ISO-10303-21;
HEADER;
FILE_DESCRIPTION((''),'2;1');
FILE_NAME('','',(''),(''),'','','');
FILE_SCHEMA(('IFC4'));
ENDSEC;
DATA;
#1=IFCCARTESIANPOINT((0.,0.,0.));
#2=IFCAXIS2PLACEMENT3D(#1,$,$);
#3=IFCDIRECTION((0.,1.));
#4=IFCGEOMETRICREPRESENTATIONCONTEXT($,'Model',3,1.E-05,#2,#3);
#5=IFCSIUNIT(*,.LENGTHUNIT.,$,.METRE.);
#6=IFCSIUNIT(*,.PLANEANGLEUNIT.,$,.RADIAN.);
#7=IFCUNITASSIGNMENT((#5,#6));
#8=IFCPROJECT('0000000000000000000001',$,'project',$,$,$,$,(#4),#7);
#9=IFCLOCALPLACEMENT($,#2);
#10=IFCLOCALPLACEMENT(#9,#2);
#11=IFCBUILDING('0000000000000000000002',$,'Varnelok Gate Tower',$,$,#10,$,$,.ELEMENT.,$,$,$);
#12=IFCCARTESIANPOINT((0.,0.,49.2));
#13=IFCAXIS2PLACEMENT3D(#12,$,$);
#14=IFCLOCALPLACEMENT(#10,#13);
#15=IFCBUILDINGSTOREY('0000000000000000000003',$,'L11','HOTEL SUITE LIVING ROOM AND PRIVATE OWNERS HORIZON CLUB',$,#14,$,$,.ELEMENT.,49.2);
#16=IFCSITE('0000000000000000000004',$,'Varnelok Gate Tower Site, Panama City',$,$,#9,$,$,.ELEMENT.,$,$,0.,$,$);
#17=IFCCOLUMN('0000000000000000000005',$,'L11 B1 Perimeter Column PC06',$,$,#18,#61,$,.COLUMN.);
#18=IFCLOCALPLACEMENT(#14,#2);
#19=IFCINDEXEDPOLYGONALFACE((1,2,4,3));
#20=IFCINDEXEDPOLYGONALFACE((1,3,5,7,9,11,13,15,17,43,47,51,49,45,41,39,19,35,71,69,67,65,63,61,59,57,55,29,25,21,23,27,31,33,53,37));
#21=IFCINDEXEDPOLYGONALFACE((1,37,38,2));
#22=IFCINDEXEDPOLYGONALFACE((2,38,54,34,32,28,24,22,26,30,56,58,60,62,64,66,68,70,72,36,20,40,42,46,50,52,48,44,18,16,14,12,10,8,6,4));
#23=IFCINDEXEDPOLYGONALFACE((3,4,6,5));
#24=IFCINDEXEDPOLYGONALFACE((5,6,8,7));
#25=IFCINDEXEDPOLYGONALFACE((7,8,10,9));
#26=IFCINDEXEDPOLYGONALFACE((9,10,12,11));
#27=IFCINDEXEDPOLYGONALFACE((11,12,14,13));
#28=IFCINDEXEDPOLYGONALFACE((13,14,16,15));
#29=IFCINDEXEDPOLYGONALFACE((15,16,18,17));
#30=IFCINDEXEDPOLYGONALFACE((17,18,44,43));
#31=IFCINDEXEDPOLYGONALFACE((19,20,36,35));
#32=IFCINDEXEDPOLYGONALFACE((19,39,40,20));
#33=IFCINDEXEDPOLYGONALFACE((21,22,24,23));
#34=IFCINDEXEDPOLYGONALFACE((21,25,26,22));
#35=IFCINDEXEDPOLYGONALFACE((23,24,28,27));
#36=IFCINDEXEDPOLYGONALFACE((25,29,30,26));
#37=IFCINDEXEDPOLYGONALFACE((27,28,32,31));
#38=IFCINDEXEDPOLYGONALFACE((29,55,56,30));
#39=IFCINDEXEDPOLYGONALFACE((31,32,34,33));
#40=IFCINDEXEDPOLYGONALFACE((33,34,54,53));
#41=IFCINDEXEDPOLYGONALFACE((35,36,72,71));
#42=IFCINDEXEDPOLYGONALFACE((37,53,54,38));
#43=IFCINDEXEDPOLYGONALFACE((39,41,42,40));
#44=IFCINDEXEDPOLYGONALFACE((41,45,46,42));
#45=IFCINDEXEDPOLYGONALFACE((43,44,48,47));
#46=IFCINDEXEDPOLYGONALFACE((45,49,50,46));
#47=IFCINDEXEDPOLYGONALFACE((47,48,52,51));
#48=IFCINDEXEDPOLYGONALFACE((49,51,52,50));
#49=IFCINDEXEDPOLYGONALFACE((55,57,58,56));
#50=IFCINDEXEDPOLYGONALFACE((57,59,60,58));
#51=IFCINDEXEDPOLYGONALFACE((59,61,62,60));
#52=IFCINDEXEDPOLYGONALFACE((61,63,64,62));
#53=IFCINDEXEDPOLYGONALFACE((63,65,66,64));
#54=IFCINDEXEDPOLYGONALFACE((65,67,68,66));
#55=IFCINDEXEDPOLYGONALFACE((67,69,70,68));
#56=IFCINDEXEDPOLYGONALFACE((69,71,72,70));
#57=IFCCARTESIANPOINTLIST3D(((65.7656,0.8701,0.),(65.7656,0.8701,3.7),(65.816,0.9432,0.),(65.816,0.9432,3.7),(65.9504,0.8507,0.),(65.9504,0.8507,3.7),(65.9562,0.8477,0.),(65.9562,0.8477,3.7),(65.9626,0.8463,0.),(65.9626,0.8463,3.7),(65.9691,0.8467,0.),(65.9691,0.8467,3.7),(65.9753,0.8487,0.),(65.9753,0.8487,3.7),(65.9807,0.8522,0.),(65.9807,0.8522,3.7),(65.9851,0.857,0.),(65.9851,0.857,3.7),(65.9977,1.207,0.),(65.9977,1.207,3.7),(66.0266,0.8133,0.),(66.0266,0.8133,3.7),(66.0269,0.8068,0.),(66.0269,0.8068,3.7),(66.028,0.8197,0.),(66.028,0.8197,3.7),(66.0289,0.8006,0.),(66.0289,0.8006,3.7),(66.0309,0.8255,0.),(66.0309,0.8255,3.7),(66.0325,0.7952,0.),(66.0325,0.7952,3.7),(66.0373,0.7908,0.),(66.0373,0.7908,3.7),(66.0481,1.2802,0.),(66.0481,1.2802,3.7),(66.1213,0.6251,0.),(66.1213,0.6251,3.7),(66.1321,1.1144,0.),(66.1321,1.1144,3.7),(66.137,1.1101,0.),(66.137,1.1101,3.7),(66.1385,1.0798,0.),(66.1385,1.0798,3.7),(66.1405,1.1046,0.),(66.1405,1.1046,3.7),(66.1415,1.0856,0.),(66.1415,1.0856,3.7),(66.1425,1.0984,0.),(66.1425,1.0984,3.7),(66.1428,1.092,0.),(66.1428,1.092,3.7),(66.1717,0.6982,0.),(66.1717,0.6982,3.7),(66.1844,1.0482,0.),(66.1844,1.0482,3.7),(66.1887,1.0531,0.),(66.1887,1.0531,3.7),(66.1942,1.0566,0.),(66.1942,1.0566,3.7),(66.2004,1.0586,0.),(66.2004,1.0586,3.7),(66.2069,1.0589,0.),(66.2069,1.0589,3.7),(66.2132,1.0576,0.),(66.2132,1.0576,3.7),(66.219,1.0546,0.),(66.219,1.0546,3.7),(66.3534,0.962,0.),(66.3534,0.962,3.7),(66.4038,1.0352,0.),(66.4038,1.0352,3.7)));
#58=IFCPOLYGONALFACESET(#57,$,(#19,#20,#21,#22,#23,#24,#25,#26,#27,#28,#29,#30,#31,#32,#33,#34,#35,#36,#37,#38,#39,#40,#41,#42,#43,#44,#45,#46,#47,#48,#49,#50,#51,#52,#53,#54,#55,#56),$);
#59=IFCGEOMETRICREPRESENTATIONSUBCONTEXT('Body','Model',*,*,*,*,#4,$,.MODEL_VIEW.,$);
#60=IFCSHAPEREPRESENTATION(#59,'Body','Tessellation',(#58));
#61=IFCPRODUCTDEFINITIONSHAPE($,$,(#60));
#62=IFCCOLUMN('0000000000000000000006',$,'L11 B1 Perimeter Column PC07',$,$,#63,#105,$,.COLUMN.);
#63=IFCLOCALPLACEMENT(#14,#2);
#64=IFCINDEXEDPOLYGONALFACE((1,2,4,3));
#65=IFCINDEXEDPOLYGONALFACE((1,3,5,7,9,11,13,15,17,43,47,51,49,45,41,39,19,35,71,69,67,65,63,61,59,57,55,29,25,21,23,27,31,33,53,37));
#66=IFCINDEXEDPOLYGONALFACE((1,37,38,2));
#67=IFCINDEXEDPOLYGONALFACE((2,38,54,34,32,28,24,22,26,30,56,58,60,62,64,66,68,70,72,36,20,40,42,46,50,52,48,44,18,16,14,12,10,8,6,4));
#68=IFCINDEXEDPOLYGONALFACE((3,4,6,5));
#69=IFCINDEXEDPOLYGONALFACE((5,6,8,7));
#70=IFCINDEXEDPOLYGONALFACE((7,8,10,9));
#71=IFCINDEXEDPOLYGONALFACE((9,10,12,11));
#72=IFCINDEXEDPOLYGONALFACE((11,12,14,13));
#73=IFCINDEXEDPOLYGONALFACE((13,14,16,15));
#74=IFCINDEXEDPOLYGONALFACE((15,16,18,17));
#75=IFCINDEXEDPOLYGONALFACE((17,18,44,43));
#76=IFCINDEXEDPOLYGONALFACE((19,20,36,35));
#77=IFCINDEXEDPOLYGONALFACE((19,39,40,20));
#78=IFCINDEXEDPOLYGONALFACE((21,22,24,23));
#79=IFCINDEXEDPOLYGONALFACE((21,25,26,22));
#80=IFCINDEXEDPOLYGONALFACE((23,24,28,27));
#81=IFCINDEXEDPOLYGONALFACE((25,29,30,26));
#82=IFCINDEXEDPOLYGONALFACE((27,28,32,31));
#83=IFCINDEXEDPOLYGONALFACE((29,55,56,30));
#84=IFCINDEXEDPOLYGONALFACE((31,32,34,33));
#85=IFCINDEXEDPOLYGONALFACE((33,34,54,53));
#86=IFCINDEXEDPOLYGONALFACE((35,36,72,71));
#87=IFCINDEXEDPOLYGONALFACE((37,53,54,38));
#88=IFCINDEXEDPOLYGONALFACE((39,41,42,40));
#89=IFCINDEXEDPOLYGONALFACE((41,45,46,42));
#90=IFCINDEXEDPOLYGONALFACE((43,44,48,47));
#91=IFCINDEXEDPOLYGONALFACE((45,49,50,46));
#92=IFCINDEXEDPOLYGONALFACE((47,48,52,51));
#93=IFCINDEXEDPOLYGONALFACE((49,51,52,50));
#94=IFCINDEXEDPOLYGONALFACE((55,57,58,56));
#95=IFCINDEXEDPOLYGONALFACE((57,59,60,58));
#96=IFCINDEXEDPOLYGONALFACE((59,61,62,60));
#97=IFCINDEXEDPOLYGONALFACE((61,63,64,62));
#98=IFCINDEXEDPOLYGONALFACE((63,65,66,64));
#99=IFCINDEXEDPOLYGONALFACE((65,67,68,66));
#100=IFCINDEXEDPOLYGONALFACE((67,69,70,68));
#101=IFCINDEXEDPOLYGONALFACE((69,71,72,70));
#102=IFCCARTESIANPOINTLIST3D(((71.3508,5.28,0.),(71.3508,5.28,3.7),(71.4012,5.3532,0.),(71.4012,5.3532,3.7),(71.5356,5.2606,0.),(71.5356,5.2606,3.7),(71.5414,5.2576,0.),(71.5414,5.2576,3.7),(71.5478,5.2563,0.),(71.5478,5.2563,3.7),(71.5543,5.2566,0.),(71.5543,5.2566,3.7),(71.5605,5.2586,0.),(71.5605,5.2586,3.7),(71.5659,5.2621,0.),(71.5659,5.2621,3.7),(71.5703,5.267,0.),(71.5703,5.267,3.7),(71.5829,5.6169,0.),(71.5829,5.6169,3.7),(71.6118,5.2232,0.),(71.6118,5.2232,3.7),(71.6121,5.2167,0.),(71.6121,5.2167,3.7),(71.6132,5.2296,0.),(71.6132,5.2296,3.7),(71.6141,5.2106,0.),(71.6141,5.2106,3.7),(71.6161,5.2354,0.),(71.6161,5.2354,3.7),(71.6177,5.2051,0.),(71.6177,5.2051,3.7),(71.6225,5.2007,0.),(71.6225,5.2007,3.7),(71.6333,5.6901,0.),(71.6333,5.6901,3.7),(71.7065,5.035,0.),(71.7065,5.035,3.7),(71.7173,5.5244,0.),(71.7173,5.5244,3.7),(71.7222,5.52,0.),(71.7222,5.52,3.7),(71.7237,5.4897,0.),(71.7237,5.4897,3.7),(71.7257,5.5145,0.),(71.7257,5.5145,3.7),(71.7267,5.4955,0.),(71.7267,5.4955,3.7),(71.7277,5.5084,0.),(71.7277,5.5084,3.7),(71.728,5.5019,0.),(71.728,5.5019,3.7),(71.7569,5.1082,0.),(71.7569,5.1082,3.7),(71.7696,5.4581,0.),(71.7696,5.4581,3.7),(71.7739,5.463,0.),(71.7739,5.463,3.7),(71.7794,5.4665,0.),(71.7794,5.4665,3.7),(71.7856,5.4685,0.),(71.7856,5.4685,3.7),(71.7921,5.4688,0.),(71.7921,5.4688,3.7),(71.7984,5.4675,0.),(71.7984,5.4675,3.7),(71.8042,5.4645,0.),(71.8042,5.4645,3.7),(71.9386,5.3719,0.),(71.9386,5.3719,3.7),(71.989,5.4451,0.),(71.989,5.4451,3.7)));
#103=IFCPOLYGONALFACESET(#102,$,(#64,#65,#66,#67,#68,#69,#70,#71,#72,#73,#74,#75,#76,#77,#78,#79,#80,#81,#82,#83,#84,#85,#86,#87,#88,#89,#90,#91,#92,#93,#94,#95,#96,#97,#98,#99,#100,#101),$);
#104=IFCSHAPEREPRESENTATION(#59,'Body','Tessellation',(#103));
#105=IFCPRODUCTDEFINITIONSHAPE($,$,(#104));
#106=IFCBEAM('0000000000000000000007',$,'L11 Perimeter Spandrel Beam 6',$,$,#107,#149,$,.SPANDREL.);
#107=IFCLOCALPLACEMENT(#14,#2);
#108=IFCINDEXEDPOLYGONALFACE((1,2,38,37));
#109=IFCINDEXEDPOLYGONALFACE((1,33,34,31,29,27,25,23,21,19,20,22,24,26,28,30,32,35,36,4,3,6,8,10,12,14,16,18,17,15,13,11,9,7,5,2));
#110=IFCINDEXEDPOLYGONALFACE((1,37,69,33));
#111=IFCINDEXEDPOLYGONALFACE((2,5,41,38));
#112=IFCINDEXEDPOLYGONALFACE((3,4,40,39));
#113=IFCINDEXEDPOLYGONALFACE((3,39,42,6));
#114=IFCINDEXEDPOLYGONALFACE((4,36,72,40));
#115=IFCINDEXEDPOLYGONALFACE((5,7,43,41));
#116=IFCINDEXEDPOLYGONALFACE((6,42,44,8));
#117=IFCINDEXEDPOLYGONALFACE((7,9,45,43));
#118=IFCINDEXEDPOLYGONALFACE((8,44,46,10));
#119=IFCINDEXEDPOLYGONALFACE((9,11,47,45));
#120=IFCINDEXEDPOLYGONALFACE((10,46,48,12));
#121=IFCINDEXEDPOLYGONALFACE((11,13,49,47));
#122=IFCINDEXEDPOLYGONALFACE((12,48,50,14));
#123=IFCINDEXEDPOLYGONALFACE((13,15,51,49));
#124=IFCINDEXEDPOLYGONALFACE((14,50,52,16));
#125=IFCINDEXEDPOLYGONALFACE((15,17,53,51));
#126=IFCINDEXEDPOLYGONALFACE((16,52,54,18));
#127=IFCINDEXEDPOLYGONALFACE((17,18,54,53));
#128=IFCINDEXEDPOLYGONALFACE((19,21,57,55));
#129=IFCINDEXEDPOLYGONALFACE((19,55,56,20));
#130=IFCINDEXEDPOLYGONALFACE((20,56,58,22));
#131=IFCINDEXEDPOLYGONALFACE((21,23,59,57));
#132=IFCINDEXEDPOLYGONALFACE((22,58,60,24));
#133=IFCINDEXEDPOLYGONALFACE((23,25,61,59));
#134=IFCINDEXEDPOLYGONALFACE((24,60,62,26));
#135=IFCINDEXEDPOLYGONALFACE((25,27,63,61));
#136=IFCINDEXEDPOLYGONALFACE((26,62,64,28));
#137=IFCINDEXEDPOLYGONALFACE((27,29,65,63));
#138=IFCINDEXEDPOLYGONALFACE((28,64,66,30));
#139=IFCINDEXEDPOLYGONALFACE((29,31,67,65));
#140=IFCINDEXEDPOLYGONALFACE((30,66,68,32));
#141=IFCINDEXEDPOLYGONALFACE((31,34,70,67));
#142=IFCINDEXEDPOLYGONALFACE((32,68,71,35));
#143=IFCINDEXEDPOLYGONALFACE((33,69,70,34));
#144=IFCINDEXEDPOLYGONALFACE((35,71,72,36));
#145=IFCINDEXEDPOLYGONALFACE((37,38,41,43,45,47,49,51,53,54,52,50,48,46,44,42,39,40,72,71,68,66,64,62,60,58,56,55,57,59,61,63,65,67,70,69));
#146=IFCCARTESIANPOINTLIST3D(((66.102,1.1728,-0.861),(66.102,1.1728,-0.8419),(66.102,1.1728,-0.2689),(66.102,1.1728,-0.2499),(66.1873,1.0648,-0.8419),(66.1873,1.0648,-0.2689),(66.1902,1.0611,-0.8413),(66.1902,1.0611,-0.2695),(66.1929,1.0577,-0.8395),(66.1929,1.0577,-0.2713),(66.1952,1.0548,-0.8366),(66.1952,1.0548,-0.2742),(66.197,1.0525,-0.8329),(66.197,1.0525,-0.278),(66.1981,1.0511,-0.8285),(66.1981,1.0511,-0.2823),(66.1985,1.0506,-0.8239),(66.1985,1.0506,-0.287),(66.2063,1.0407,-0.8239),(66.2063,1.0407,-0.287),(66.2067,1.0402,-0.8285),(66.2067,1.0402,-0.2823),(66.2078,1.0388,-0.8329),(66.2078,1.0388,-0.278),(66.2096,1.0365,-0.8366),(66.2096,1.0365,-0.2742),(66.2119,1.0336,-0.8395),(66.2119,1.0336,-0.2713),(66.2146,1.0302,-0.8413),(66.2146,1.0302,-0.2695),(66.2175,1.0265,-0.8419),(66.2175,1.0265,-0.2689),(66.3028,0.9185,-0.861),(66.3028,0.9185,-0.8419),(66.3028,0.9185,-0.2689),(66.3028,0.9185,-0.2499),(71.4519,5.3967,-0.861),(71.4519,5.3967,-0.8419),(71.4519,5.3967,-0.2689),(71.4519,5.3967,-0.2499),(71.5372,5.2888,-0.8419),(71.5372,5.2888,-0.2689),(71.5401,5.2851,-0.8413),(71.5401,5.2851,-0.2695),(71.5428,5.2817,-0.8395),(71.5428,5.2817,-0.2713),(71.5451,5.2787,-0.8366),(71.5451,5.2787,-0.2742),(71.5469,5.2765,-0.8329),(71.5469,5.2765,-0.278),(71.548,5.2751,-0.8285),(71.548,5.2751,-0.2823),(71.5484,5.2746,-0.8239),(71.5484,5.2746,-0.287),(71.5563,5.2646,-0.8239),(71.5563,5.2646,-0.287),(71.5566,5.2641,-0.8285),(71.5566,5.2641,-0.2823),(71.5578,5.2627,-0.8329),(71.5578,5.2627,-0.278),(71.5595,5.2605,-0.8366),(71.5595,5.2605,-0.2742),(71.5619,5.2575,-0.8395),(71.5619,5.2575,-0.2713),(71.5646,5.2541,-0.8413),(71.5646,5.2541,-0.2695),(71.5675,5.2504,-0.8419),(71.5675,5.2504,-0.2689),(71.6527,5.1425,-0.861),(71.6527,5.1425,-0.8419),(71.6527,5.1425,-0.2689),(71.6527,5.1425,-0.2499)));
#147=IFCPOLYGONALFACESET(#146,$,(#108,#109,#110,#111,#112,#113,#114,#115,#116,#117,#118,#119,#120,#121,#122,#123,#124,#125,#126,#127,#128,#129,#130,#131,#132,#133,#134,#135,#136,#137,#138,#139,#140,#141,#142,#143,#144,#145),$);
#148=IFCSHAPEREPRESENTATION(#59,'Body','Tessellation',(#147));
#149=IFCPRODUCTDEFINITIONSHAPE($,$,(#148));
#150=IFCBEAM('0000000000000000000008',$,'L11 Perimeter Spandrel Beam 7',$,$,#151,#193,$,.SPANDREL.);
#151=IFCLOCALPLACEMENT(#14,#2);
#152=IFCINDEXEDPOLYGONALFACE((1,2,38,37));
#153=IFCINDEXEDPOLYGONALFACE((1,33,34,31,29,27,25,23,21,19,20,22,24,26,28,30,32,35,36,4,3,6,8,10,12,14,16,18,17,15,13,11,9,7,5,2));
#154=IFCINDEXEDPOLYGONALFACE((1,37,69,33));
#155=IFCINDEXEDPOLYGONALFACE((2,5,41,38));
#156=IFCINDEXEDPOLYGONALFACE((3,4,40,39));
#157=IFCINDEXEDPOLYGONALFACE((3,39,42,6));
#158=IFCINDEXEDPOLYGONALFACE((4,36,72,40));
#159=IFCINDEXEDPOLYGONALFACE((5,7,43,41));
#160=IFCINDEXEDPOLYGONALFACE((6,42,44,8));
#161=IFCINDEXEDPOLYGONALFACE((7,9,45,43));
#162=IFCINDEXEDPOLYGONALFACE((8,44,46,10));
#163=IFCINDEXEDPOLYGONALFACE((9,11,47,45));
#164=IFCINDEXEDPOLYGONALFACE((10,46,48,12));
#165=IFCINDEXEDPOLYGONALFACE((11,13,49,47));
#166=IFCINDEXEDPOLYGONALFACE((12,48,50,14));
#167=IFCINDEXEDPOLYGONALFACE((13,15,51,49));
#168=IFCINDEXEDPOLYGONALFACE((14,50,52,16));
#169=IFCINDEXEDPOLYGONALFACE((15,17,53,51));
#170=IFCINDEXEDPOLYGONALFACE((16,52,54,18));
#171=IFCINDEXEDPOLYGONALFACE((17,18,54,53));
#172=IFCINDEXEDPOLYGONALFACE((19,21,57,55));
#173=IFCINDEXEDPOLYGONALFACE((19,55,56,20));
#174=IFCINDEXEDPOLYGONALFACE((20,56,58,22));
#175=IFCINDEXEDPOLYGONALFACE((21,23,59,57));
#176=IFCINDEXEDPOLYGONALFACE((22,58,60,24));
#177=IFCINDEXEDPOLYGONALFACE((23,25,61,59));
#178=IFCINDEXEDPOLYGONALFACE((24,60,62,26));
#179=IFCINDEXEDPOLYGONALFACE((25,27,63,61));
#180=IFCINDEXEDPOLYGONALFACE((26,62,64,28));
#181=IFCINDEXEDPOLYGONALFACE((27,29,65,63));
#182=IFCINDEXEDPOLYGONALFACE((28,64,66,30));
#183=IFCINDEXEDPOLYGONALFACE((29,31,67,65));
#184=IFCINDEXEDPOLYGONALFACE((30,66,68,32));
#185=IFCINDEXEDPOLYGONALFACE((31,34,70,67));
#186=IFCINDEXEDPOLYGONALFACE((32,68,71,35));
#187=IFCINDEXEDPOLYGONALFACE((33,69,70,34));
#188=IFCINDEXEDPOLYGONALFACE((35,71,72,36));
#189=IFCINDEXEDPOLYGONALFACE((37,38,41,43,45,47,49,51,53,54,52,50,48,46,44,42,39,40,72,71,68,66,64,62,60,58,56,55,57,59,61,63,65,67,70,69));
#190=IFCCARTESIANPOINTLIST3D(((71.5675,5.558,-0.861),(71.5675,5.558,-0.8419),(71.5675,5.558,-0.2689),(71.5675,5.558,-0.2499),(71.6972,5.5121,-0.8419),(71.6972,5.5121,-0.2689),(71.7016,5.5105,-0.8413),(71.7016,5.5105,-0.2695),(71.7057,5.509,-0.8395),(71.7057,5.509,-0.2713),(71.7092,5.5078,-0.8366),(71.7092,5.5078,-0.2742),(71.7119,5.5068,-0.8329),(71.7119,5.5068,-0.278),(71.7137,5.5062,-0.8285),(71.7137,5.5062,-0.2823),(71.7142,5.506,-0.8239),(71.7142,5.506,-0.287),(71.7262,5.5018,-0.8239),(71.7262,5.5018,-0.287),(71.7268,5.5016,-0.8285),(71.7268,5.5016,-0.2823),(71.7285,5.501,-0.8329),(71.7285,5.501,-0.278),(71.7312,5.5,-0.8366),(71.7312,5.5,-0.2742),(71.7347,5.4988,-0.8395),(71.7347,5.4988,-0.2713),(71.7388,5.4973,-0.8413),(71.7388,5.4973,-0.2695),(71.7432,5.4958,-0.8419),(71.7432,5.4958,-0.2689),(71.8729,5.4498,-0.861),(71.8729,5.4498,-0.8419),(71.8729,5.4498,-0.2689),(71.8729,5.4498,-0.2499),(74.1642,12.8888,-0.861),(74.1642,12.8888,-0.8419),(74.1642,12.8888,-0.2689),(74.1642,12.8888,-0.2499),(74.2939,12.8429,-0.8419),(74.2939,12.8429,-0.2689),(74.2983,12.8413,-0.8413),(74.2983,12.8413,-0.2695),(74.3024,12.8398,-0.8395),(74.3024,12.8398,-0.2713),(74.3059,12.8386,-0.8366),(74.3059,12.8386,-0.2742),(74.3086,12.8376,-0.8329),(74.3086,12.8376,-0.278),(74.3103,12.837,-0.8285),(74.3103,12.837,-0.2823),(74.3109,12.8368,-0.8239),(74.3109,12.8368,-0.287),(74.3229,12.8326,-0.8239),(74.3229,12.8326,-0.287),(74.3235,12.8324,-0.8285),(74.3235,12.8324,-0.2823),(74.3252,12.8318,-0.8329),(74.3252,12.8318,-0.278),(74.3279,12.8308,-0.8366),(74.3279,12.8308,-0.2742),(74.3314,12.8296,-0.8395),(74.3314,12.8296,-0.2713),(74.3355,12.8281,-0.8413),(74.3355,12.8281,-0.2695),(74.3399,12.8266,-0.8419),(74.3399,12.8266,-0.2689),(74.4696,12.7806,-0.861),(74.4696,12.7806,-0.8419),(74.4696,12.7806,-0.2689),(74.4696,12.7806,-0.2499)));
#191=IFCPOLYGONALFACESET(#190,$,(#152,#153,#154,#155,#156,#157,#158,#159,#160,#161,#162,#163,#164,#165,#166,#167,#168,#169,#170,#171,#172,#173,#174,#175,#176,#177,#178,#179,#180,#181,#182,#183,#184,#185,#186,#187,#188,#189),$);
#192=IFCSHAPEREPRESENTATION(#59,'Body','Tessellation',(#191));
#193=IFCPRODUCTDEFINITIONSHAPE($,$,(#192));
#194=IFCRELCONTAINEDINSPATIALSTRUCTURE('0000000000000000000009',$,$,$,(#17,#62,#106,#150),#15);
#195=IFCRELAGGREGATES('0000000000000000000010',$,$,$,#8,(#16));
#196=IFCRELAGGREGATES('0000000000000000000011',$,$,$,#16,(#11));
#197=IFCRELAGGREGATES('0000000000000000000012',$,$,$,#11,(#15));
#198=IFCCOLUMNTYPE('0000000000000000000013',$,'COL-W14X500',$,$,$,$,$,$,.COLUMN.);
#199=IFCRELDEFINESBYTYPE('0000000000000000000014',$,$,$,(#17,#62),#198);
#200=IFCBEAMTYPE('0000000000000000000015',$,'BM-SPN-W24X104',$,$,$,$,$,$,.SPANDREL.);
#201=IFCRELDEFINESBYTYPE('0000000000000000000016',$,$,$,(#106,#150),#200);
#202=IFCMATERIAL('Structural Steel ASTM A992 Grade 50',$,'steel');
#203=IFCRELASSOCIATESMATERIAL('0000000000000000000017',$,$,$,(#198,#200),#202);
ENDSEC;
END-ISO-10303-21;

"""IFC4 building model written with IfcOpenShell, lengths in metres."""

from ifc_helpers import new_model, si_unit, direction, frame, origin, origin_2d, place, context, subcontext, project, spatial, i_section, extrude, material, material_profile, profile_set, type_object, element, save


model = new_model("IFC4")

# Units and contexts
model_context = context("Model", 3, precision=1e-05, world=origin(), true_north=direction((0.0, 1.0)))
body_context = subcontext(model_context, "Body", "Model", "MODEL_VIEW")
ifc_project = project(units=[si_unit("LENGTHUNIT", "METRE"), si_unit("PLANEANGLEUNIT", "RADIAN")], contexts=[model_context])

# Site, building, storey
site_placement = place(None, origin())
site = spatial("IfcSite", under=ifc_project, at=site_placement, Name="Varnelok Gate Tower Site, Panama City", CompositionType="ELEMENT", RefElevation=0.0)
building_placement = place(site_placement, origin())
building = spatial("IfcBuilding", under=site, at=building_placement, Name="Varnelok Gate Tower", CompositionType="ELEMENT")
storey_placement = place(building_placement, frame((0.0, 0.0, 49.2)))
storey = spatial("IfcBuildingStorey", under=building, at=storey_placement, Name="L11", Description="HOTEL SUITE LIVING ROOM AND PRIVATE OWNERS HORIZON CLUB", CompositionType="ELEMENT", Elevation=49.2)

# Columns
ifc_material_1 = material(Name="Structural Steel ASTM A992 Grade 50", Category="steel")
ifc_material_profile_1 = material_profile(ifc_material_1, i_section(OverallWidth=0.4319, OverallDepth=0.498, WebThickness=0.0557, FlangeThickness=0.0889, FilletRadius=0.0249, at=origin_2d()), Name="W14X500")
ifc_profile_set_1 = profile_set([ifc_material_profile_1], Name="Structural Steel ASTM A992 Grade 50")
column_type = type_object("IfcColumnType", Name="COL-W14X500", PredefinedType="COLUMN", material=ifc_profile_set_1)
for number, where, z_axis, x_axis, name in (
    (1, (66.0847, 0.9526, 0.0), (0.0, 0.0, 1.0), (0.823533, -0.567269, 0.0), "L11 B1 Perimeter Column PC06"),
    (2, (71.6699, 5.3625, 0.0), (0.0, 0.0, 1.0), (0.823533, -0.567269, 0.0), "L11 B1 Perimeter Column PC07"),
):
    element("IfcColumn", number, at=place(storey_placement, frame(where, z_axis=z_axis, x_axis=x_axis)), inside=storey, type_object=column_type, Name=name, PredefinedType="COLUMN", context=body_context, shape_type="SweptSolid", body=[
        extrude(i_section(OverallWidth=0.4319, OverallDepth=0.498, WebThickness=0.0557, FlangeThickness=0.0889, FilletRadius=0.0249, at=origin_2d()), origin(), (0.0, 0.0, 1.0), 3.7),
    ])

# Beams
ifc_material_profile_2 = material_profile(ifc_material_1, i_section(OverallWidth=0.324, OverallDepth=0.6111, WebThickness=0.0127, FlangeThickness=0.019, FilletRadius=0.0181, at=origin_2d()), Name="W24X104")
ifc_profile_set_2 = profile_set([ifc_material_profile_2], Name="Structural Steel ASTM A992 Grade 50")
beam_type = type_object("IfcBeamType", Name="BM-SPN-W24X104", PredefinedType="SPANDREL", material=ifc_profile_set_2)
beam_1_placement = place(storey_placement, frame((66.2024, 1.0457, -0.5554), z_axis=(0.784861, 0.619672, 0.0), x_axis=(-0.619672, 0.784861, 0.0)))
element("IfcBeam", 3, at=beam_1_placement, inside=storey, type_object=beam_type, Name="L11 Perimeter Spandrel Beam 6", PredefinedType="SPANDREL", context=body_context, shape_type="SweptSolid", body=[
    extrude(i_section(OverallWidth=0.324, OverallDepth=0.6111, WebThickness=0.0127, FlangeThickness=0.019, FilletRadius=0.0181, at=origin_2d()), origin(), (0.0, 0.0, 1.0), 6.8164),
])
beam_2_placement = place(storey_placement, frame((71.7202, 5.5039, -0.5554), z_axis=(0.333887, 0.942613, 0.0), x_axis=(-0.942613, 0.333887, 0.0)))
element("IfcBeam", 4, at=beam_2_placement, inside=storey, type_object=beam_type, Name="L11 Perimeter Spandrel Beam 7", PredefinedType="SPANDREL", context=body_context, shape_type="SweptSolid", body=[
    extrude(i_section(OverallWidth=0.324, OverallDepth=0.6111, WebThickness=0.0127, FlangeThickness=0.019, FilletRadius=0.0181, at=origin_2d()), origin(), (0.0, 0.0, 1.0), 7.7771),
])

save(model, "model.ifc")
